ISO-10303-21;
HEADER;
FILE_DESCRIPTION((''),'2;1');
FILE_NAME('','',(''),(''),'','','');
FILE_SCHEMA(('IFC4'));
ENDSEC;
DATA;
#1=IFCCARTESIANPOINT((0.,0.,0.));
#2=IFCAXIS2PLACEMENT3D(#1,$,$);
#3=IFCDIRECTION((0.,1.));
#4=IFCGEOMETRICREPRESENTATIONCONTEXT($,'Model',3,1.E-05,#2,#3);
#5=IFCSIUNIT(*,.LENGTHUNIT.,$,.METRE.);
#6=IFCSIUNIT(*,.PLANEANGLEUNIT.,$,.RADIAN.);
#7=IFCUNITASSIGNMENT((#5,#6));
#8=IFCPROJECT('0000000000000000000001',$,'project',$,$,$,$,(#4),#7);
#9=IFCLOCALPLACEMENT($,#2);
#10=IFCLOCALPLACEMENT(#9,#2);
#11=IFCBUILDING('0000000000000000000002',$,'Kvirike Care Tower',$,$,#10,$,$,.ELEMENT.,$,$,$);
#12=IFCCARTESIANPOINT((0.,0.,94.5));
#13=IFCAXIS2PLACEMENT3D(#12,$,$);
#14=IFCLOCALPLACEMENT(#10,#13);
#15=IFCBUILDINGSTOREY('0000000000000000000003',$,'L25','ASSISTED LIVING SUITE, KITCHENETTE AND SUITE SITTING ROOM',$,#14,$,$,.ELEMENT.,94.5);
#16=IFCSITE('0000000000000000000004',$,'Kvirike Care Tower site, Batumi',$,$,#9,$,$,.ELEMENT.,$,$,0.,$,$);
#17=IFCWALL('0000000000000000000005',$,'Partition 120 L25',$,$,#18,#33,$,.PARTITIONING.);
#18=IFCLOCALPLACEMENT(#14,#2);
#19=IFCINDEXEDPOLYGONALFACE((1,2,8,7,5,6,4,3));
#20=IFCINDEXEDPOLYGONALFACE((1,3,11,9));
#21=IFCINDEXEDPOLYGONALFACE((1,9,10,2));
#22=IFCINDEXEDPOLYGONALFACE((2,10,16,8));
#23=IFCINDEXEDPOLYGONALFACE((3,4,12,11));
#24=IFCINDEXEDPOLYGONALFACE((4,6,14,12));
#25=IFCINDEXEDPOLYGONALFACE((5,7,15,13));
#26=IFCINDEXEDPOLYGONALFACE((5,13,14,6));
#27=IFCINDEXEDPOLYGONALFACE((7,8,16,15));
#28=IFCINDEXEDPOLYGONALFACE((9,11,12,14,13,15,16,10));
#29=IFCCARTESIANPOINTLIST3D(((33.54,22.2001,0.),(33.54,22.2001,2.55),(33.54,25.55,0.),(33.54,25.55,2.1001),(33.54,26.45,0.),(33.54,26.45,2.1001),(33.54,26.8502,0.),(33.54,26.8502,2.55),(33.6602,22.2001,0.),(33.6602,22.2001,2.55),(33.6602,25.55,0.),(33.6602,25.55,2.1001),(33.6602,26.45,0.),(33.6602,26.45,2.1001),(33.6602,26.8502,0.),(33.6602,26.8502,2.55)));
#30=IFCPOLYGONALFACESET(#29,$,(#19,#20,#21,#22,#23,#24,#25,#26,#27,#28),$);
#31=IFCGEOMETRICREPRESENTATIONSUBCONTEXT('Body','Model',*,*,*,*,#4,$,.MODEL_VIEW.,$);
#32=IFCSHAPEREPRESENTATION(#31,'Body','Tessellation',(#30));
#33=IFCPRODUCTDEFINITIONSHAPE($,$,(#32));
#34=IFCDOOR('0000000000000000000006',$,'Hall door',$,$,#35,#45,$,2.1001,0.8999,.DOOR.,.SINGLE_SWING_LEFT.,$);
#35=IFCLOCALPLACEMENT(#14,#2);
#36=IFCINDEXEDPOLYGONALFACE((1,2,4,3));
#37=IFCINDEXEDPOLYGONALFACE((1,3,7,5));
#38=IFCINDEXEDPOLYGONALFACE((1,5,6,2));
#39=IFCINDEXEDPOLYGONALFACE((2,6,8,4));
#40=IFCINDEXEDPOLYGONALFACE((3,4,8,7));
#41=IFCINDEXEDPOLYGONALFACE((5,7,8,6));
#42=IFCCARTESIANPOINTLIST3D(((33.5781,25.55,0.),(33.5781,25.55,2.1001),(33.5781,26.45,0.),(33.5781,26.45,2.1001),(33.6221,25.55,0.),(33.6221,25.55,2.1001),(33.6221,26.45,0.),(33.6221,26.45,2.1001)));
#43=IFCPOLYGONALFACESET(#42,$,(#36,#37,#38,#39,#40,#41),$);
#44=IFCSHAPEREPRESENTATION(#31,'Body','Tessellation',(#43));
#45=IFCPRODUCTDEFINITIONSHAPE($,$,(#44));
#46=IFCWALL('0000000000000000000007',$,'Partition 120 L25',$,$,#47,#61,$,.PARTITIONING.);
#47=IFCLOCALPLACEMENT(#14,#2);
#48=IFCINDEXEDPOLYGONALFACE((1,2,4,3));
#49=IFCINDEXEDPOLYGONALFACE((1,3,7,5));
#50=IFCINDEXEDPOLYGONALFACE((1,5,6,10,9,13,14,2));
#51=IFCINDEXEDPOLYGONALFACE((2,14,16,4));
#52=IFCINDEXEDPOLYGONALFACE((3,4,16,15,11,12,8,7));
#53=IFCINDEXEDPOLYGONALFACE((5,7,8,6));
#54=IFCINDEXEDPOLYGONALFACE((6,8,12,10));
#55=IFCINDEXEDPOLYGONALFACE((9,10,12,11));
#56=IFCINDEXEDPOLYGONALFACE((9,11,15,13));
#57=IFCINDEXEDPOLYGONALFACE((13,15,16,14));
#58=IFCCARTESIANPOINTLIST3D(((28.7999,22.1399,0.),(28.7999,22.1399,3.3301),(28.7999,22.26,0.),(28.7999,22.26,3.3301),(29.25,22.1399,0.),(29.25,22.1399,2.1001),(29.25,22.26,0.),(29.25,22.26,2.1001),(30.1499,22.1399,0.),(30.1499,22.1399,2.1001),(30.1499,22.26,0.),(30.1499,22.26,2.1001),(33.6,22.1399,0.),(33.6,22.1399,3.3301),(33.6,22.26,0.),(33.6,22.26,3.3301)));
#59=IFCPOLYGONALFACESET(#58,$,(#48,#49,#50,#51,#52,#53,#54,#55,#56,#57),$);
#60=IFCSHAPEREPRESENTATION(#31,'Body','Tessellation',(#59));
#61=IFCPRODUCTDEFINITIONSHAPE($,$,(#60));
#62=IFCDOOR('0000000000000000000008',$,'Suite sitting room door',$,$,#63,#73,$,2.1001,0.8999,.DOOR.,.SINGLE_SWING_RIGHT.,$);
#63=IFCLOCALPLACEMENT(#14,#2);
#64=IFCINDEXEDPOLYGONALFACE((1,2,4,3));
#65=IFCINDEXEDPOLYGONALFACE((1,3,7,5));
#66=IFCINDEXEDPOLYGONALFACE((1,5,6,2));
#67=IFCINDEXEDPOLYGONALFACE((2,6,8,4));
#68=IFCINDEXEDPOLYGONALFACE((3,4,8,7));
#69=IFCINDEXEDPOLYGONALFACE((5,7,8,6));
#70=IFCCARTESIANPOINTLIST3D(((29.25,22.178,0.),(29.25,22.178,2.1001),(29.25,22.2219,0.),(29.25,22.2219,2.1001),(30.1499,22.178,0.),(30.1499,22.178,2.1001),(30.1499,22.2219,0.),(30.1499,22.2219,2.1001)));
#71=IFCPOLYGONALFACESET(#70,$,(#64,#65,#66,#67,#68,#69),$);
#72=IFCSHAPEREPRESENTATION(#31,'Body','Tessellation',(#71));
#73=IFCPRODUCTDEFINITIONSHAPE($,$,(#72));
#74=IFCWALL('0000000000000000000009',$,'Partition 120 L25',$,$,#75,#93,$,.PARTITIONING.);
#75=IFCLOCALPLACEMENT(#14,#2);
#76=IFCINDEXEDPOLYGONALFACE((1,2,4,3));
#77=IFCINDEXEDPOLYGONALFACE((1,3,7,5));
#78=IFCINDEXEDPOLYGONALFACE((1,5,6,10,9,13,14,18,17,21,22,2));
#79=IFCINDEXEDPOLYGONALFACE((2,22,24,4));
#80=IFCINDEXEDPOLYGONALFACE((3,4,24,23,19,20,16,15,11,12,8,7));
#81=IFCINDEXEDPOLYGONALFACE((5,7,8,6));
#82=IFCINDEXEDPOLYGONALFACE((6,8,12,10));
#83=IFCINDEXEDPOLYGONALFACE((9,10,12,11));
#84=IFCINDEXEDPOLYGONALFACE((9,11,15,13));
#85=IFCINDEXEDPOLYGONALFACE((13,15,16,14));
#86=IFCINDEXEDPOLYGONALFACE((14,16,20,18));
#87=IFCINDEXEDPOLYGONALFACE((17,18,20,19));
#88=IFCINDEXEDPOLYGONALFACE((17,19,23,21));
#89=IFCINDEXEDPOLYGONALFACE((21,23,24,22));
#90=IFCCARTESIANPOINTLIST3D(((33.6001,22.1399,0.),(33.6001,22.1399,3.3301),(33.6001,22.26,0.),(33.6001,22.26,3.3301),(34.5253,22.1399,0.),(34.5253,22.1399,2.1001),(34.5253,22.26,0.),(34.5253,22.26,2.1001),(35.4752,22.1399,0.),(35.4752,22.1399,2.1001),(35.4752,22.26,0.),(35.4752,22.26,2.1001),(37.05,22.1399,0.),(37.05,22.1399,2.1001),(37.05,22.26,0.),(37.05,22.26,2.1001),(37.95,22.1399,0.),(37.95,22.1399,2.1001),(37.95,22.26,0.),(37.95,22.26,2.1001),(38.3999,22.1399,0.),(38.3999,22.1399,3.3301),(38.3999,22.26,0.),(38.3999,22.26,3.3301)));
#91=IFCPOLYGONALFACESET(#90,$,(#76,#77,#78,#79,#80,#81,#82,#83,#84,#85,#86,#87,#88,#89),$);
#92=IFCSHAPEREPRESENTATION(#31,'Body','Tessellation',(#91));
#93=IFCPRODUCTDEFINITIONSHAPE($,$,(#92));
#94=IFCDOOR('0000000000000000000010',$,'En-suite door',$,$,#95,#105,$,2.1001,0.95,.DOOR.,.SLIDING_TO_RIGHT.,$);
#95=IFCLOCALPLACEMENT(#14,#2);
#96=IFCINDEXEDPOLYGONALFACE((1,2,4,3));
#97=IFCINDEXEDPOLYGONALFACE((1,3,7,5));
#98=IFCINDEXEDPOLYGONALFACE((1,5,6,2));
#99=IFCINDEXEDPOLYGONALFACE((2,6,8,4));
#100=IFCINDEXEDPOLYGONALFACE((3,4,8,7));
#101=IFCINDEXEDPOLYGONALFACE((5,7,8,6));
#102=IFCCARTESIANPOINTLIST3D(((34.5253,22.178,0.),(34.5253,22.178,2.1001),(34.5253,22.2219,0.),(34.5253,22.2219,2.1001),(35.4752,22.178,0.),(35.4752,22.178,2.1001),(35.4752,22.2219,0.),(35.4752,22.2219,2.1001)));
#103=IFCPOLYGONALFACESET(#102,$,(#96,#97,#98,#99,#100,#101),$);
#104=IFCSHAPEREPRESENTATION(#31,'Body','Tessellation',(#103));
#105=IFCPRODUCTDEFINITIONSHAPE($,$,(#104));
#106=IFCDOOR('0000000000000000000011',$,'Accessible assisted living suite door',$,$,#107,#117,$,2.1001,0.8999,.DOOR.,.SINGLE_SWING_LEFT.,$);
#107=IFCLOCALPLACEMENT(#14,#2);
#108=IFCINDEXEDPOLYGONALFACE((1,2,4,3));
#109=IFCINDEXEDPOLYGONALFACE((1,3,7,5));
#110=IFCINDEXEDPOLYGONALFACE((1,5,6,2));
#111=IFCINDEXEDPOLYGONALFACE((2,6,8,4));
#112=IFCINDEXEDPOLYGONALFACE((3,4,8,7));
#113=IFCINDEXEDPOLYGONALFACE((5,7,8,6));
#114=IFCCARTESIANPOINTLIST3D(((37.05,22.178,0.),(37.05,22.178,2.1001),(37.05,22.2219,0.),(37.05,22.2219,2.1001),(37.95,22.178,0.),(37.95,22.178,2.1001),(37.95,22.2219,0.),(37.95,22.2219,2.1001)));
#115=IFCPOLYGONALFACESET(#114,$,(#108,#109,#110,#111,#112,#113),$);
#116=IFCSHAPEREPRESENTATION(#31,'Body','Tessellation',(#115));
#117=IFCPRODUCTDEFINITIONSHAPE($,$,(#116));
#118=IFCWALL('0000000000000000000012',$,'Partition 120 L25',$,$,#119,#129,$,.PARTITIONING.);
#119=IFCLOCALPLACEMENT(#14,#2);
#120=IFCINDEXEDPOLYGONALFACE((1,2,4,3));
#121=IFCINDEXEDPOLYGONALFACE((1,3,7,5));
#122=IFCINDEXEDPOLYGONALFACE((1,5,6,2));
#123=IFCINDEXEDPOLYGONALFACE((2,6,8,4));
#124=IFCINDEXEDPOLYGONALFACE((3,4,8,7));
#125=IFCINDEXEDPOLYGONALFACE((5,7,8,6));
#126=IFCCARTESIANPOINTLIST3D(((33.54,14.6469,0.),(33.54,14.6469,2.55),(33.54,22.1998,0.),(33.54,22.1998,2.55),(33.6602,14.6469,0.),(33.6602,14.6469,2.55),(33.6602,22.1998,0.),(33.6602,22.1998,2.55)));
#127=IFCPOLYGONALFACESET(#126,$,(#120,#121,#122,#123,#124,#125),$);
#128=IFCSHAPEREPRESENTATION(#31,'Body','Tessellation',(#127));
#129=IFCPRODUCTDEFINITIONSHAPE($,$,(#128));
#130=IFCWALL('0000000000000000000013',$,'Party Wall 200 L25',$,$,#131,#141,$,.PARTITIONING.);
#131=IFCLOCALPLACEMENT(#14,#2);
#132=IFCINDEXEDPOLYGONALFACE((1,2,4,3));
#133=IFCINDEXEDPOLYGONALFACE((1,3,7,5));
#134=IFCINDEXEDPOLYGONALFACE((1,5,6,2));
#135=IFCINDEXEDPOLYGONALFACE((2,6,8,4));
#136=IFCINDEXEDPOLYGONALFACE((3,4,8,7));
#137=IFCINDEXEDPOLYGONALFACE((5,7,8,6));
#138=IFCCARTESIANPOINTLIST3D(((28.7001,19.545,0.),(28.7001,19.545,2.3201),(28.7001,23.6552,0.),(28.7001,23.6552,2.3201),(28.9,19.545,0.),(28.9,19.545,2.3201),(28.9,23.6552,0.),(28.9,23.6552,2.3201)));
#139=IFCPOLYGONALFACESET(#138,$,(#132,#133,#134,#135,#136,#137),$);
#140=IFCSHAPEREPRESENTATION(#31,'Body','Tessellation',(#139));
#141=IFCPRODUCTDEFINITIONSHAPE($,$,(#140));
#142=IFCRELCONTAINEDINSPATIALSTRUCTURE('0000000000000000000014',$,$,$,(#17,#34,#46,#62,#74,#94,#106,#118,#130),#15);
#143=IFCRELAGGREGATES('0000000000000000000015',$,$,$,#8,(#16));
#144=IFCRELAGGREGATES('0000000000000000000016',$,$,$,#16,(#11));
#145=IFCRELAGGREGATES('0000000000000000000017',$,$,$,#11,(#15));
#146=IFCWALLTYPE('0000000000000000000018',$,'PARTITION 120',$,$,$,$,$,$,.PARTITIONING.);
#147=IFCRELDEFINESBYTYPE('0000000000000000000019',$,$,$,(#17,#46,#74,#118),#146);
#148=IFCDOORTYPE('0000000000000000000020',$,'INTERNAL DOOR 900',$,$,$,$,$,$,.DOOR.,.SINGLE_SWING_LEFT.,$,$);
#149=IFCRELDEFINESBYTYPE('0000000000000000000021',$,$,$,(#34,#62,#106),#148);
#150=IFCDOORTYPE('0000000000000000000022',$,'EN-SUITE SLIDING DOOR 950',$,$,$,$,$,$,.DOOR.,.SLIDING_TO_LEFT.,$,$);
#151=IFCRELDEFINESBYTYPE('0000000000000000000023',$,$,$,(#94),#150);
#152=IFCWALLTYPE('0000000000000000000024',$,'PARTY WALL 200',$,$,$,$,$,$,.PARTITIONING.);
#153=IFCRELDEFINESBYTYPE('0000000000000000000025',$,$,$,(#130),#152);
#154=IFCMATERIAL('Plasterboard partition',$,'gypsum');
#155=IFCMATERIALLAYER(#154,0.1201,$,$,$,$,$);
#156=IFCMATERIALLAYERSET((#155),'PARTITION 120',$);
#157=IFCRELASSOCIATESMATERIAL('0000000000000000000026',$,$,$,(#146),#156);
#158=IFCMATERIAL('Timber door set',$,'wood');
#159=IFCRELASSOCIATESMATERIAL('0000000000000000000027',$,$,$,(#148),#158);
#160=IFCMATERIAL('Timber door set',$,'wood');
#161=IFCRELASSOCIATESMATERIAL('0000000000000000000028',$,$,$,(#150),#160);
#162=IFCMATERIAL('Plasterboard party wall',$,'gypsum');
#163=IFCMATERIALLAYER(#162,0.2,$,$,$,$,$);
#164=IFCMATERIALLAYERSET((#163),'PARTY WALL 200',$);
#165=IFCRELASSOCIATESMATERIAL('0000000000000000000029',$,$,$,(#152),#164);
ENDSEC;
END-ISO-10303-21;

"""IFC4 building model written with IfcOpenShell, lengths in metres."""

from ifc_helpers import new_model, si_unit, direction, frame, frame_2d, origin, place, context, subcontext, project, spatial, rectangle, extrude, material, layer, layer_set, type_object, element, fill, save


model = new_model("IFC4")

# Units and contexts
model_context = context("Model", 3, precision=1e-05, world=origin(), true_north=direction((0.0, 1.0)))
body_context = subcontext(model_context, "Body", "Model", "MODEL_VIEW")
ifc_project = project(units=[si_unit("LENGTHUNIT", "METRE"), si_unit("PLANEANGLEUNIT", "RADIAN")], contexts=[model_context])

# Site, building, storey
site_placement = place(None, origin())
site = spatial("IfcSite", under=ifc_project, at=site_placement, Name="Kvirike Care Tower site, Batumi", CompositionType="ELEMENT", RefElevation=0.0)
building_placement = place(site_placement, origin())
building = spatial("IfcBuilding", under=site, at=building_placement, Name="Kvirike Care Tower", CompositionType="ELEMENT")
storey_placement = place(building_placement, frame((0.0, 0.0, 94.5)))
storey = spatial("IfcBuildingStorey", under=building, at=storey_placement, Name="L25", Description="ASSISTED LIVING SUITE, KITCHENETTE AND SUITE SITTING ROOM", CompositionType="ELEMENT", Elevation=94.5)

# Walls, openings, doors
ifc_material_1 = material(Name="Plasterboard partition", Category="gypsum")
ifc_layer_1 = layer(ifc_material_1, 0.1201)
ifc_layer_set_1 = layer_set([ifc_layer_1], Name="PARTITION 120")
wall_type_1 = type_object("IfcWallType", Name="PARTITION 120", PredefinedType="PARTITIONING", material=ifc_layer_set_1)
wall_1_placement = place(storey_placement, frame((33.6001, 22.2, 0.0), z_axis=(0.0, 0.0, 1.0), x_axis=(0.0, 1.0, 0.0)))
wall_1 = element("IfcWall", 1, at=wall_1_placement, inside=storey, type_object=wall_type_1, Name="Partition 120 L25", PredefinedType="PARTITIONING", context=body_context, shape_type="SweptSolid", body=[
    extrude(rectangle(XDim=4.6501, YDim=0.1201, at=frame_2d((2.3252, 0.0))), origin(), (0.0, 0.0, 1.0), 2.55),
])
opening_1_placement = place(wall_1_placement, frame((3.3501, 0.0, 0.0)))
opening_1 = element("IfcOpeningElement", 2, at=opening_1_placement, cuts=wall_1, PredefinedType="OPENING", context=body_context, shape_type="SweptSolid", body=[
    extrude(rectangle(XDim=0.8999, YDim=2.1001, at=frame_2d((0.45, 1.05))), frame((0.0, 0.0706, 0.0), z_axis=(0.0, -1.0, 0.0), x_axis=(1.0, 0.0, 0.0)), (0.0, 0.0, 1.0), 0.1411),
])
ifc_material_2 = material(Name="Timber door set", Category="wood")
door_type_1 = type_object("IfcDoorType", Name="INTERNAL DOOR 900", OperationType="SINGLE_SWING_LEFT", PredefinedType="DOOR", material=ifc_material_2)
door_1_placement = place(opening_1_placement, origin())
door_1 = element("IfcDoor", 3, at=door_1_placement, inside=storey, type_object=door_type_1, Name="Hall door", OperationType="SINGLE_SWING_LEFT", OverallHeight=2.1001, OverallWidth=0.8999, PredefinedType="DOOR", context=body_context, shape_type="SweptSolid", body=[
    extrude(rectangle(XDim=0.8999, YDim=2.1001, at=frame_2d((0.45, 1.05))), frame((0.0, 0.022, 0.0), z_axis=(0.0, -1.0, 0.0), x_axis=(1.0, 0.0, 0.0)), (0.0, 0.0, 1.0), 0.0439),
])
fill(opening_1, door_1)
wall_2_placement = place(storey_placement, frame((28.8, 22.2, 0.0), z_axis=(0.0, 0.0, 1.0), x_axis=(1.0, 0.0, 0.0)))
wall_2 = element("IfcWall", 4, at=wall_2_placement, inside=storey, type_object=wall_type_1, Name="Partition 120 L25", PredefinedType="PARTITIONING", context=body_context, shape_type="SweptSolid", body=[
    extrude(rectangle(XDim=4.8, YDim=0.1201, at=frame_2d((2.3999, 0.0))), origin(), (0.0, 0.0, 1.0), 3.3301),
])
opening_2_placement = place(wall_2_placement, frame((0.45, 0.0, 0.0)))
opening_2 = element("IfcOpeningElement", 5, at=opening_2_placement, cuts=wall_2, PredefinedType="OPENING", context=body_context, shape_type="SweptSolid", body=[
    extrude(rectangle(XDim=0.8999, YDim=2.1001, at=frame_2d((0.45, 1.05))), frame((0.0, 0.0706, 0.0), z_axis=(0.0, -1.0, 0.0), x_axis=(1.0, 0.0, 0.0)), (0.0, 0.0, 1.0), 0.1411),
])
door_2_placement = place(opening_2_placement, origin())
door_2 = element("IfcDoor", 6, at=door_2_placement, inside=storey, type_object=door_type_1, Name="Suite sitting room door", OperationType="SINGLE_SWING_RIGHT", OverallHeight=2.1001, OverallWidth=0.8999, PredefinedType="DOOR", context=body_context, shape_type="SweptSolid", body=[
    extrude(rectangle(XDim=0.8999, YDim=2.1001, at=frame_2d((0.45, 1.05))), frame((0.0, 0.022, 0.0), z_axis=(0.0, -1.0, 0.0), x_axis=(1.0, 0.0, 0.0)), (0.0, 0.0, 1.0), 0.0439),
])
fill(opening_2, door_2)

# Wall, openings, doors
wall_3_placement = place(storey_placement, frame((33.6001, 22.2, 0.0), z_axis=(0.0, 0.0, 1.0), x_axis=(1.0, 0.0, 0.0)))
wall_3 = element("IfcWall", 7, at=wall_3_placement, inside=storey, type_object=wall_type_1, Name="Partition 120 L25", PredefinedType="PARTITIONING", context=body_context, shape_type="SweptSolid", body=[
    extrude(rectangle(XDim=4.7998, YDim=0.1201, at=frame_2d((2.3999, 0.0))), origin(), (0.0, 0.0, 1.0), 3.3301),
])
opening_3_placement = place(wall_3_placement, frame((3.45, 0.0, 0.0)))
opening_3 = element("IfcOpeningElement", 8, at=opening_3_placement, cuts=wall_3, PredefinedType="OPENING", context=body_context, shape_type="SweptSolid", body=[
    extrude(rectangle(XDim=0.8999, YDim=2.1001, at=frame_2d((0.45, 1.05))), frame((0.0, 0.0706, 0.0), z_axis=(0.0, -1.0, 0.0), x_axis=(1.0, 0.0, 0.0)), (0.0, 0.0, 1.0), 0.1411),
])
opening_4_placement = place(wall_3_placement, frame((0.925, 0.0, 0.0)))
opening_4 = element("IfcOpeningElement", 9, at=opening_4_placement, cuts=wall_3, PredefinedType="OPENING", context=body_context, shape_type="SweptSolid", body=[
    extrude(rectangle(XDim=0.95, YDim=2.1001, at=frame_2d((0.4751, 1.05))), frame((0.0, 0.0706, 0.0), z_axis=(0.0, -1.0, 0.0), x_axis=(1.0, 0.0, 0.0)), (0.0, 0.0, 1.0), 0.1411),
])
ifc_material_3 = material(Name="Timber door set", Category="wood")
door_type_2 = type_object("IfcDoorType", Name="EN-SUITE SLIDING DOOR 950", OperationType="SLIDING_TO_LEFT", PredefinedType="DOOR", material=ifc_material_3)
door_3_placement = place(opening_4_placement, origin())
door_3 = element("IfcDoor", 10, at=door_3_placement, inside=storey, type_object=door_type_2, Name="En-suite door", OperationType="SLIDING_TO_RIGHT", OverallHeight=2.1001, OverallWidth=0.95, PredefinedType="DOOR", context=body_context, shape_type="SweptSolid", body=[
    extrude(rectangle(XDim=0.95, YDim=2.1001, at=frame_2d((0.4751, 1.05))), frame((0.0, 0.022, 0.0), z_axis=(0.0, -1.0, 0.0), x_axis=(1.0, 0.0, 0.0)), (0.0, 0.0, 1.0), 0.0439),
])
fill(opening_4, door_3)
door_4_placement = place(opening_3_placement, origin())
door_4 = element("IfcDoor", 11, at=door_4_placement, inside=storey, type_object=door_type_1, Name="Accessible assisted living suite door", OperationType="SINGLE_SWING_LEFT", OverallHeight=2.1001, OverallWidth=0.8999, PredefinedType="DOOR", context=body_context, shape_type="SweptSolid", body=[
    extrude(rectangle(XDim=0.8999, YDim=2.1001, at=frame_2d((0.45, 1.05))), frame((0.0, 0.022, 0.0), z_axis=(0.0, -1.0, 0.0), x_axis=(1.0, 0.0, 0.0)), (0.0, 0.0, 1.0), 0.0439),
])
fill(opening_3, door_4)

# Walls
wall_4_placement = place(storey_placement, frame((33.6001, 14.647, 0.0), z_axis=(0.0, 0.0, 1.0), x_axis=(0.0, 1.0, 0.0)))
element("IfcWall", 12, at=wall_4_placement, inside=storey, type_object=wall_type_1, Name="Partition 120 L25", PredefinedType="PARTITIONING", context=body_context, shape_type="SweptSolid", body=[
    extrude(rectangle(XDim=7.553, YDim=0.1201, at=frame_2d((3.7764, 0.0))), origin(), (0.0, 0.0, 1.0), 2.55),
])
ifc_material_4 = material(Name="Plasterboard party wall", Category="gypsum")
ifc_layer_2 = layer(ifc_material_4, 0.2)
ifc_layer_set_2 = layer_set([ifc_layer_2], Name="PARTY WALL 200")
wall_type_2 = type_object("IfcWallType", Name="PARTY WALL 200", PredefinedType="PARTITIONING", material=ifc_layer_set_2)
wall_5_placement = place(storey_placement, frame((28.8, 19.5449, 0.0), z_axis=(0.0, 0.0, 1.0), x_axis=(0.0, 1.0, 0.0)))
element("IfcWall", 13, at=wall_5_placement, inside=storey, type_object=wall_type_2, Name="Party Wall 200 L25", PredefinedType="PARTITIONING", context=body_context, shape_type="SweptSolid", body=[
    extrude(rectangle(XDim=4.1101, YDim=0.2, at=frame_2d((2.0552, 0.0))), origin(), (0.0, 0.0, 1.0), 2.3201),
])

save(model, "model.ifc")
